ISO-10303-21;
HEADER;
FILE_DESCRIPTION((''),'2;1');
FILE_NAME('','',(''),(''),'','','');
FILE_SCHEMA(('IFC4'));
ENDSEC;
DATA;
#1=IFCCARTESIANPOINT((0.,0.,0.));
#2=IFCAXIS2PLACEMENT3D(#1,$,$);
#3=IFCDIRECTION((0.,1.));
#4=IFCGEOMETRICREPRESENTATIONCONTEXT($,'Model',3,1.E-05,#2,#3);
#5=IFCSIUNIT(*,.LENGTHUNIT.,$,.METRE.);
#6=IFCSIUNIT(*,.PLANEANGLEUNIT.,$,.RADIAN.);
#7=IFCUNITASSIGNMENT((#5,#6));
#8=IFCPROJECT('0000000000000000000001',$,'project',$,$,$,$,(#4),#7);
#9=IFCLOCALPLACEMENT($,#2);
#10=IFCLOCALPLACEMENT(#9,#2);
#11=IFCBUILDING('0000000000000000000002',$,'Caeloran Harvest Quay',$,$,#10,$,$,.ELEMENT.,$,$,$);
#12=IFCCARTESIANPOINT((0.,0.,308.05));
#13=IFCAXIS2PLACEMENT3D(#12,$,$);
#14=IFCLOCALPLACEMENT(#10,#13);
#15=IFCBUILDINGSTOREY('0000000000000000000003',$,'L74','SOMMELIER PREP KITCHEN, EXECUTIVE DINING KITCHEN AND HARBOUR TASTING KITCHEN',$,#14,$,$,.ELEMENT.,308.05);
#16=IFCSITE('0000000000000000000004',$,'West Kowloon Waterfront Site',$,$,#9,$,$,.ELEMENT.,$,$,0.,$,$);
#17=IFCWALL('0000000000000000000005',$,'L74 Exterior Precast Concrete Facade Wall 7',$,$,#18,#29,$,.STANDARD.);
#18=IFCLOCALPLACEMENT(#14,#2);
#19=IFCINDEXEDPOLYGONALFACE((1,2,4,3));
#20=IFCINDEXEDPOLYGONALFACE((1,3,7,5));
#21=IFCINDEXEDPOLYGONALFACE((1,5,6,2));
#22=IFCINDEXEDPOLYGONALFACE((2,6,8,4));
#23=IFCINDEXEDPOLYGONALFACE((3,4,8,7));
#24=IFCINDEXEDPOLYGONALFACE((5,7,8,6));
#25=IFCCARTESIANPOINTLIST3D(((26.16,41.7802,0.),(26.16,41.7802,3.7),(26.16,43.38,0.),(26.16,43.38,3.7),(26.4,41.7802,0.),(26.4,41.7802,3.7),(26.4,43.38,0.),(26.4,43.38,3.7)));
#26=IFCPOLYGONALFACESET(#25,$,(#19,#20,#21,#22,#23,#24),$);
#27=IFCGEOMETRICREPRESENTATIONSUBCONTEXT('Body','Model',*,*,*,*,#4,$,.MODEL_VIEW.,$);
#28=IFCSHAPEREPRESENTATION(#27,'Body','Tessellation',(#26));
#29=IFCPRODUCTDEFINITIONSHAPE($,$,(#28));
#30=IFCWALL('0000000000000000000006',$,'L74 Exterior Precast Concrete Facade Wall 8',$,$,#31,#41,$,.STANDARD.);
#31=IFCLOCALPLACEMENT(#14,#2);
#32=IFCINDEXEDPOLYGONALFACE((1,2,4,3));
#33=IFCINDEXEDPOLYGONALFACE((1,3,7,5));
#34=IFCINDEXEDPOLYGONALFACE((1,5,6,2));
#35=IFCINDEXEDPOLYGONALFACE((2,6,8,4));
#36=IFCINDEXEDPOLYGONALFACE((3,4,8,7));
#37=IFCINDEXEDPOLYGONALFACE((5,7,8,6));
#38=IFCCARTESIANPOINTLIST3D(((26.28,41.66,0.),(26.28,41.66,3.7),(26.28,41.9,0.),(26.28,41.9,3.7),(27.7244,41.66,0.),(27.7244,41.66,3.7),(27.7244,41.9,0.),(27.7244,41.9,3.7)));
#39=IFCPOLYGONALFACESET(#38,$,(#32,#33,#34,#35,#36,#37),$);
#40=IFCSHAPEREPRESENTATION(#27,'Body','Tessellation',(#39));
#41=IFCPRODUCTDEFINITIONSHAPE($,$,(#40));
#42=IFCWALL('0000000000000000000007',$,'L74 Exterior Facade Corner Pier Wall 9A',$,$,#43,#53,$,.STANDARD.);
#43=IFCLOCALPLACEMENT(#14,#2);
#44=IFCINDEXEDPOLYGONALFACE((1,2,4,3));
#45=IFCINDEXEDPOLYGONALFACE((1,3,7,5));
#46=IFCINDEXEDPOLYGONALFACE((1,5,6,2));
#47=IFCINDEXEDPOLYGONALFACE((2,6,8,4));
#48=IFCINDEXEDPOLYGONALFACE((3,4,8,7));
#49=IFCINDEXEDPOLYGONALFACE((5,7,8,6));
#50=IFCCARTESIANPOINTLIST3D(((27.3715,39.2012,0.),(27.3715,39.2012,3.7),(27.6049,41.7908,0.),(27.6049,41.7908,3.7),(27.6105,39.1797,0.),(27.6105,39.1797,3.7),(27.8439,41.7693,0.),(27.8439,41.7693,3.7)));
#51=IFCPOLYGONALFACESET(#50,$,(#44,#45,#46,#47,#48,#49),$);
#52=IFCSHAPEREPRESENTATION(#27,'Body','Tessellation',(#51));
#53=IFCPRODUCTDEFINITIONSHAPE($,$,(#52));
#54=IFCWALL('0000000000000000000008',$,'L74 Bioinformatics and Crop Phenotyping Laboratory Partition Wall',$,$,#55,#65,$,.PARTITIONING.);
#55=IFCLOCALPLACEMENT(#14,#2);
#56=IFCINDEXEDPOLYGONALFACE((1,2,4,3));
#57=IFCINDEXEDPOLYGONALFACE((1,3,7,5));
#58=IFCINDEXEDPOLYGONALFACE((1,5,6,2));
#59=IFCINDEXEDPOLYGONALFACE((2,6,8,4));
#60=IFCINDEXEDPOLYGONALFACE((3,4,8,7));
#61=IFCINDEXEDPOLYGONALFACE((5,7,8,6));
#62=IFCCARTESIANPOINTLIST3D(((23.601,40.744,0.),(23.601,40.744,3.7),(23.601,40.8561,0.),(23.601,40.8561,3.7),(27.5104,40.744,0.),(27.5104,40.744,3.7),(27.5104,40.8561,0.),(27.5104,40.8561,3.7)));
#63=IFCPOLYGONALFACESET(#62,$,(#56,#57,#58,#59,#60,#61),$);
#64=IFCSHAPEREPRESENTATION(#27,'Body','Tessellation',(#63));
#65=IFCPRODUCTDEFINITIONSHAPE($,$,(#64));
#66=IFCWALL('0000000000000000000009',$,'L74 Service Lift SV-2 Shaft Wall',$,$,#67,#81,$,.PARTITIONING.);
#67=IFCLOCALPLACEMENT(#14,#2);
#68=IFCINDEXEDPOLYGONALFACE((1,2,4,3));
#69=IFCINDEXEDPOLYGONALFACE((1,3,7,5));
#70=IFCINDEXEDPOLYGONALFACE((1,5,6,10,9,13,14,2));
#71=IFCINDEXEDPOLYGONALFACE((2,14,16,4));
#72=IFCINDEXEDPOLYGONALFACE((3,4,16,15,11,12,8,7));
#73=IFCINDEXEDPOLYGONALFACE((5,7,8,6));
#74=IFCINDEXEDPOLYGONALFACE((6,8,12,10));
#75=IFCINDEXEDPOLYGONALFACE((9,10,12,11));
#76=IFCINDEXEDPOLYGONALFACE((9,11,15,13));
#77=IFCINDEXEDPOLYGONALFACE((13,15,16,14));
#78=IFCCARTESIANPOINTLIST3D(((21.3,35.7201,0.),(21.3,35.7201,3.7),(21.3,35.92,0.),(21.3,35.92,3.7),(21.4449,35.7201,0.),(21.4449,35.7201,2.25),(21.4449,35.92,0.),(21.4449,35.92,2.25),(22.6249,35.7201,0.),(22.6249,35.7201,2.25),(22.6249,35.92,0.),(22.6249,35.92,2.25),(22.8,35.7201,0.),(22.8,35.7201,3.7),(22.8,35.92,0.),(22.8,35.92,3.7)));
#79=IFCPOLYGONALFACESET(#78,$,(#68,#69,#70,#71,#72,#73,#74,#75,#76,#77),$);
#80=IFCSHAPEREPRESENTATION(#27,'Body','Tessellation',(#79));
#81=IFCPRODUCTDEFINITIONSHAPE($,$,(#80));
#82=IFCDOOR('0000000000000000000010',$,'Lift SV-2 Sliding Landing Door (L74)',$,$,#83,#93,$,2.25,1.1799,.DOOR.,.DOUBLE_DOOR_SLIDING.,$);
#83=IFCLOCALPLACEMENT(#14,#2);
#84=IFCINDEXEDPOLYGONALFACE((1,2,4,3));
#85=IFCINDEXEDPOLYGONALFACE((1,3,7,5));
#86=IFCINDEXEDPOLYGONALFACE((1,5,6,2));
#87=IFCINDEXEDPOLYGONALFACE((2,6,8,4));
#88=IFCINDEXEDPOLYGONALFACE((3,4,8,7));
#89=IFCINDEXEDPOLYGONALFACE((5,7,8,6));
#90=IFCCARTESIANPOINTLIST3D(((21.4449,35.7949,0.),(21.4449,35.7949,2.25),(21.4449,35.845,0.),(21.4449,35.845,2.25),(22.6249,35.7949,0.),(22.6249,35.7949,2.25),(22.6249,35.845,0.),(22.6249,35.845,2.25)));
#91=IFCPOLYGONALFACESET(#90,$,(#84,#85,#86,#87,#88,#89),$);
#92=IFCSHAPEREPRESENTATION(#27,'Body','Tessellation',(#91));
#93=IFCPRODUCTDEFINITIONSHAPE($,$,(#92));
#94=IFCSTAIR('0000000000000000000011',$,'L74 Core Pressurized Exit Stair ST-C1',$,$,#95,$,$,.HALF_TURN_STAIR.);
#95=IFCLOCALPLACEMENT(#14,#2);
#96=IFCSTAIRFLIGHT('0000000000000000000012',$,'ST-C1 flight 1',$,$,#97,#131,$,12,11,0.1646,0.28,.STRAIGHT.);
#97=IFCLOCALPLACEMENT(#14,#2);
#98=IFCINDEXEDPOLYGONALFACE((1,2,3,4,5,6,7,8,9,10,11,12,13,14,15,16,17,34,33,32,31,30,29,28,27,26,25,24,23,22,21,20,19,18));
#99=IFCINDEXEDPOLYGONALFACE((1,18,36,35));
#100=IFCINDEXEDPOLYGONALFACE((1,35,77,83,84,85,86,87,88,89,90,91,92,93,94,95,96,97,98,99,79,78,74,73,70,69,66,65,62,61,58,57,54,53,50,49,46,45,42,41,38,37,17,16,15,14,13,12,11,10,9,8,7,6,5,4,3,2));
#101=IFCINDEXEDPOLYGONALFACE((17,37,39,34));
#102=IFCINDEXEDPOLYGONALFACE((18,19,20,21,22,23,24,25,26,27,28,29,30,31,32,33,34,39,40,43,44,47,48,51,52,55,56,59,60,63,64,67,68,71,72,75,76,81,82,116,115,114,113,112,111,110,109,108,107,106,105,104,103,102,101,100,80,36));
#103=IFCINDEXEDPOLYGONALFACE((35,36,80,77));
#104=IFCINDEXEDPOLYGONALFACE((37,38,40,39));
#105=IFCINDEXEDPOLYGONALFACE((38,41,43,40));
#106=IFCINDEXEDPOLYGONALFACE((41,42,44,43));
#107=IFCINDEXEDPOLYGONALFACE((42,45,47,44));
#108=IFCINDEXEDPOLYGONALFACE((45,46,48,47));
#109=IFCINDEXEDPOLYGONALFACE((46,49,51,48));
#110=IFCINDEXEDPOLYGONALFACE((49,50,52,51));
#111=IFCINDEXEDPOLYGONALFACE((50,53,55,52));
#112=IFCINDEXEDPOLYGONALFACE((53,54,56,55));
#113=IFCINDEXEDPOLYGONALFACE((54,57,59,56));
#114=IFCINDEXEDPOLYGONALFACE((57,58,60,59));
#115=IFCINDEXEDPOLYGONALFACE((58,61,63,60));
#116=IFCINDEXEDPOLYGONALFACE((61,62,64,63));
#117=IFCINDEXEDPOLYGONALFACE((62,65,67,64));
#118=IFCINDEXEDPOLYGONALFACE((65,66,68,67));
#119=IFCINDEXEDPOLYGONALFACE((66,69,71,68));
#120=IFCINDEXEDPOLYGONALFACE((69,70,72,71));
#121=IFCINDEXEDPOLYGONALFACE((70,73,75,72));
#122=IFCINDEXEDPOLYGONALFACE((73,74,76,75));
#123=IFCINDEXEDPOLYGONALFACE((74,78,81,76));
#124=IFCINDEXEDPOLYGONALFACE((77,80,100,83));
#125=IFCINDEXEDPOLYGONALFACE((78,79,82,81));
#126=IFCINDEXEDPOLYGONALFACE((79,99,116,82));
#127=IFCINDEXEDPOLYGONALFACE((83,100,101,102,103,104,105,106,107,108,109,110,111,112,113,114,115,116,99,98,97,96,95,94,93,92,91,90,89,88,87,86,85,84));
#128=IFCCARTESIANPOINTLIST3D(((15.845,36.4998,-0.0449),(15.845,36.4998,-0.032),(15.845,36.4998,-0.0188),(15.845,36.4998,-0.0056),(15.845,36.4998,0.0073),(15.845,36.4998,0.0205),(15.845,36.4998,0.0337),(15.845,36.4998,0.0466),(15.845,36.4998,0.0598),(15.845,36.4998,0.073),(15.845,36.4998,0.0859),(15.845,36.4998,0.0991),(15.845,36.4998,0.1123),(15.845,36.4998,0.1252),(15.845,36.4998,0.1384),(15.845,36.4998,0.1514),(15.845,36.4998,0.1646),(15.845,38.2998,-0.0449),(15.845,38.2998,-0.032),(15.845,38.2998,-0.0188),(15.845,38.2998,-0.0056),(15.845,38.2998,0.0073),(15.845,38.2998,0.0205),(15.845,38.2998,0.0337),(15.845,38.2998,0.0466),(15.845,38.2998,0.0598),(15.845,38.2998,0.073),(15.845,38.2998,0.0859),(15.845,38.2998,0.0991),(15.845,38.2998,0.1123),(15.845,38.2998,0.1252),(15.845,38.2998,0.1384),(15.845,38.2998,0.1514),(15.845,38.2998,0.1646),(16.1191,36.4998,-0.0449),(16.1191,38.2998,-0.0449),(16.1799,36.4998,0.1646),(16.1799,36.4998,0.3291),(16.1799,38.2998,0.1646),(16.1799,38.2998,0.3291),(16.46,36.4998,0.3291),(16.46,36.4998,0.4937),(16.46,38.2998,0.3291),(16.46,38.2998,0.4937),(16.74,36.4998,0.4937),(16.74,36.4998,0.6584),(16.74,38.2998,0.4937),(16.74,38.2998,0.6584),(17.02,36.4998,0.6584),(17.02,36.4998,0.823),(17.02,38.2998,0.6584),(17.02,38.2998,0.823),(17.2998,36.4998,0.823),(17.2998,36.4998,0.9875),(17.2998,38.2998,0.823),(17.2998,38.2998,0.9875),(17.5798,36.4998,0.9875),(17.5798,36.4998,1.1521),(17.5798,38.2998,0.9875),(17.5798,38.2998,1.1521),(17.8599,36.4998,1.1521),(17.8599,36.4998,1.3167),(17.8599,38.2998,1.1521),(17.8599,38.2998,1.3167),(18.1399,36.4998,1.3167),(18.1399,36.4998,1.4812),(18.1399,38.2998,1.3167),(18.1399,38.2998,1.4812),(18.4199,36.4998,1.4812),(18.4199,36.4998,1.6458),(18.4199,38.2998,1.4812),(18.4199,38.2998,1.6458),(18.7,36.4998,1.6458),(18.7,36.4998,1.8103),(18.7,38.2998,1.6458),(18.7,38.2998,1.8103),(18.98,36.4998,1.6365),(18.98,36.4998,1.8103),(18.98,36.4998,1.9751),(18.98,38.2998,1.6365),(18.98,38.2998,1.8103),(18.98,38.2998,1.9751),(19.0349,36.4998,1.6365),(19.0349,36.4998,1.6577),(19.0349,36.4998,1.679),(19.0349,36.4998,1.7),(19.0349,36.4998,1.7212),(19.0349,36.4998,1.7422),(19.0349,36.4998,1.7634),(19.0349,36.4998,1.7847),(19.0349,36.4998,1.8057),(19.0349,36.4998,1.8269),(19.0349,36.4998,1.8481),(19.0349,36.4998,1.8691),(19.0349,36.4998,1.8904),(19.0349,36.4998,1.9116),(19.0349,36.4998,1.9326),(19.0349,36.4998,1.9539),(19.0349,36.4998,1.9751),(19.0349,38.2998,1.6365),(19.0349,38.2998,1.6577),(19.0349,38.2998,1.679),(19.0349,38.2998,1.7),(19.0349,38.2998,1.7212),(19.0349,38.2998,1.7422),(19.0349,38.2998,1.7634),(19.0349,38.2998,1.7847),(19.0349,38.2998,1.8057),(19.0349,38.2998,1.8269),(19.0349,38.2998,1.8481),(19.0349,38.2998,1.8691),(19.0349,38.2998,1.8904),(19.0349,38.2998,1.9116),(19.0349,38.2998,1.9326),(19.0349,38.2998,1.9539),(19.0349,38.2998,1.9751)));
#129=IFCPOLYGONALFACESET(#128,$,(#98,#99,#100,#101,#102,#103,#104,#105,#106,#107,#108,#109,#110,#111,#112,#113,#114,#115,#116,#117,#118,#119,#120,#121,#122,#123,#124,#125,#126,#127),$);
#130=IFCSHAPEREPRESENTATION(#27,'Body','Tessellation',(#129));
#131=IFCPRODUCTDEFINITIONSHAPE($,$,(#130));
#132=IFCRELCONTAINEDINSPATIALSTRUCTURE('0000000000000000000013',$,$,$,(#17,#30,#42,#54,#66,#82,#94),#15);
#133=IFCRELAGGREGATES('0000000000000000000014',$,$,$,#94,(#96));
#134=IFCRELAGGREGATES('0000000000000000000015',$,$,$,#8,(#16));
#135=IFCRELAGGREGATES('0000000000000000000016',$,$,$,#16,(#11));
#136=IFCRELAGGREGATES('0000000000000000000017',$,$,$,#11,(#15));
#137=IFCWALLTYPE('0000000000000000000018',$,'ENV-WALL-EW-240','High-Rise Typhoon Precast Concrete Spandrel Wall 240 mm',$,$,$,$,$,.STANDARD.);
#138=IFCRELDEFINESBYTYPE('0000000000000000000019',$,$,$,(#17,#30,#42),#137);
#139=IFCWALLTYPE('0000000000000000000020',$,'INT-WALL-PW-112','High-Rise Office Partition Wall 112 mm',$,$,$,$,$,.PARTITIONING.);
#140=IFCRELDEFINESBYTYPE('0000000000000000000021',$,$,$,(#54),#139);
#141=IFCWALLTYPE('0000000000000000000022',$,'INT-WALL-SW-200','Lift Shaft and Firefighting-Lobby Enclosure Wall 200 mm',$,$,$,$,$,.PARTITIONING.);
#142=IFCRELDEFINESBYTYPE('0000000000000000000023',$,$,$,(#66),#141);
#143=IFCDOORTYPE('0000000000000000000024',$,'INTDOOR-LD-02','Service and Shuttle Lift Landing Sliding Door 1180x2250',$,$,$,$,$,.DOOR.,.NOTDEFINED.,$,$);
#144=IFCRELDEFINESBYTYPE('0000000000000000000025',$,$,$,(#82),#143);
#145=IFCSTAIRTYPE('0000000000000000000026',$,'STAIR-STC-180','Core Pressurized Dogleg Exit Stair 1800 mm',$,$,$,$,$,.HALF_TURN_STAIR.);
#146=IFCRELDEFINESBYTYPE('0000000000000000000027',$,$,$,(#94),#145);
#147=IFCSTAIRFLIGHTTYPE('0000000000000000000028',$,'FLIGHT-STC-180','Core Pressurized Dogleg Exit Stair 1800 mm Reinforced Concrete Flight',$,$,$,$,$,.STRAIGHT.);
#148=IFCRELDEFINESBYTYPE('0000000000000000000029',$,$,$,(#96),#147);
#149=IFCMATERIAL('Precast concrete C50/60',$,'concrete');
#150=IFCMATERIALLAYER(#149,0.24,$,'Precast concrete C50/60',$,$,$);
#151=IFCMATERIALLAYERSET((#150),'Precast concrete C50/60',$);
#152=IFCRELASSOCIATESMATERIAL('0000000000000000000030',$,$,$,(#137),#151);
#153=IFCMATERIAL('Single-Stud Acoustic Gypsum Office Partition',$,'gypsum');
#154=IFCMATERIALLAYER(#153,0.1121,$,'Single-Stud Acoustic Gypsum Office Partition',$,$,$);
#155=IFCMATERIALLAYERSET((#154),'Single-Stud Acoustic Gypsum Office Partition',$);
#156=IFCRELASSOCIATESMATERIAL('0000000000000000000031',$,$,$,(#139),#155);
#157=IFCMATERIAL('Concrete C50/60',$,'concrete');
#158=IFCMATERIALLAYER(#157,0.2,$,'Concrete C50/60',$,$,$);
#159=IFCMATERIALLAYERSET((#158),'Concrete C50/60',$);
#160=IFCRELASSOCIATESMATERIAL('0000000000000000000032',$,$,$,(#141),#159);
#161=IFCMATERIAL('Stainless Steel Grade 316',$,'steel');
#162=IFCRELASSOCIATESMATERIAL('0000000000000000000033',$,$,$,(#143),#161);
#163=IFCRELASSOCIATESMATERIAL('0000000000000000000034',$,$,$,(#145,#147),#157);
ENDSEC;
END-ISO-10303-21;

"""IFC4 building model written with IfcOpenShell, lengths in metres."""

from ifc_helpers import new_model, si_unit, direction, frame, frame_2d, origin, place, context, subcontext, project, spatial, polyline, rectangle, outline, extrude, material, layer, layer_set, type_object, element, fill, aggregate, save


model = new_model("IFC4")

# Units and contexts
model_context = context("Model", 3, precision=1e-05, world=origin(), true_north=direction((0.0, 1.0)))
body_context = subcontext(model_context, "Body", "Model", "MODEL_VIEW")
ifc_project = project(units=[si_unit("LENGTHUNIT", "METRE"), si_unit("PLANEANGLEUNIT", "RADIAN")], contexts=[model_context])

# Site, building, storey
site_placement = place(None, origin())
site = spatial("IfcSite", under=ifc_project, at=site_placement, Name="West Kowloon Waterfront Site", CompositionType="ELEMENT", RefElevation=0.0)
building_placement = place(site_placement, origin())
building = spatial("IfcBuilding", under=site, at=building_placement, Name="Caeloran Harvest Quay", CompositionType="ELEMENT")
storey_placement = place(building_placement, frame((0.0, 0.0, 308.05)))
storey = spatial("IfcBuildingStorey", under=building, at=storey_placement, Name="L74", Description="SOMMELIER PREP KITCHEN, EXECUTIVE DINING KITCHEN AND HARBOUR TASTING KITCHEN", CompositionType="ELEMENT", Elevation=308.05)

# Walls
ifc_material_1 = material(Name="Precast concrete C50/60", Category="concrete")
ifc_layer_1 = layer(ifc_material_1, 0.24, Name="Precast concrete C50/60")
ifc_layer_set_1 = layer_set([ifc_layer_1], Name="Precast concrete C50/60")
wall_type_1 = type_object("IfcWallType", Name="ENV-WALL-EW-240", Description="High-Rise Typhoon Precast Concrete Spandrel Wall 240 mm", PredefinedType="STANDARD", material=ifc_layer_set_1)
wall_1_placement = place(storey_placement, frame((26.28, 43.3799, 0.0), z_axis=(0.0, 0.0, 1.0), x_axis=(0.0, -1.0, 0.0)))
element("IfcWall", 1, at=wall_1_placement, inside=storey, type_object=wall_type_1, Name="L74 Exterior Precast Concrete Facade Wall 7", PredefinedType="STANDARD", context=body_context, shape_type="SweptSolid", body=[
    extrude(rectangle(XDim=1.5999, YDim=0.24, at=frame_2d((0.7998, 0.0))), origin(), (0.0, 0.0, 1.0), 3.7),
])
wall_2_placement = place(storey_placement, frame((26.28, 41.78, 0.0), z_axis=(0.0, 0.0, 1.0), x_axis=(1.0, 0.0, 0.0)))
element("IfcWall", 2, at=wall_2_placement, inside=storey, type_object=wall_type_1, Name="L74 Exterior Precast Concrete Facade Wall 8", PredefinedType="STANDARD", context=body_context, shape_type="SweptSolid", body=[
    extrude(rectangle(XDim=1.4443, YDim=0.24, at=frame_2d((0.7222, 0.0))), origin(), (0.0, 0.0, 1.0), 3.7),
])
wall_3_placement = place(storey_placement, frame((27.7244, 41.78, 0.0), z_axis=(0.0, 0.0, 1.0), x_axis=(-0.089765, -0.995963, 0.0)))
element("IfcWall", 3, at=wall_3_placement, inside=storey, type_object=wall_type_1, Name="L74 Exterior Facade Corner Pier Wall 9A", PredefinedType="STANDARD", context=body_context, shape_type="SweptSolid", body=[
    extrude(rectangle(XDim=2.6001, YDim=0.24, at=frame_2d((1.3, 0.0))), origin(), (0.0, 0.0, 1.0), 3.7),
])
ifc_material_2 = material(Name="Single-Stud Acoustic Gypsum Office Partition", Category="gypsum")
ifc_layer_2 = layer(ifc_material_2, 0.1121, Name="Single-Stud Acoustic Gypsum Office Partition")
ifc_layer_set_2 = layer_set([ifc_layer_2], Name="Single-Stud Acoustic Gypsum Office Partition")
wall_type_2 = type_object("IfcWallType", Name="INT-WALL-PW-112", Description="High-Rise Office Partition Wall 112 mm", PredefinedType="PARTITIONING", material=ifc_layer_set_2)
wall_4_placement = place(storey_placement, frame((23.6011, 40.8, 0.0), z_axis=(0.0, 0.0, 1.0), x_axis=(1.0, 0.0, 0.0)))
element("IfcWall", 4, at=wall_4_placement, inside=storey, type_object=wall_type_2, Name="L74 Bioinformatics and Crop Phenotyping Laboratory Partition Wall", PredefinedType="PARTITIONING", context=body_context, shape_type="SweptSolid", body=[
    extrude(rectangle(XDim=3.9094, YDim=0.1121, at=frame_2d((1.9546, 0.0))), origin(), (0.0, 0.0, 1.0), 3.7),
])

# Wall, opening, door
ifc_material_3 = material(Name="Concrete C50/60", Category="concrete")
ifc_layer_3 = layer(ifc_material_3, 0.2, Name="Concrete C50/60")
ifc_layer_set_3 = layer_set([ifc_layer_3], Name="Concrete C50/60")
wall_type_3 = type_object("IfcWallType", Name="INT-WALL-SW-200", Description="Lift Shaft and Firefighting-Lobby Enclosure Wall 200 mm", PredefinedType="PARTITIONING", material=ifc_layer_set_3)
wall_5_placement = place(storey_placement, frame((21.3, 35.8201, 0.0), z_axis=(0.0, 0.0, 1.0), x_axis=(1.0, 0.0, 0.0)))
wall_5 = element("IfcWall", 5, at=wall_5_placement, inside=storey, type_object=wall_type_3, Name="L74 Service Lift SV-2 Shaft Wall", PredefinedType="PARTITIONING", context=body_context, shape_type="SweptSolid", body=[
    extrude(rectangle(XDim=1.5, YDim=0.2, at=frame_2d((0.75, 0.0))), origin(), (0.0, 0.0, 1.0), 3.7),
])
opening_placement = place(wall_5_placement, frame((0.145, 0.0, 0.0)))
opening = element("IfcOpeningElement", 6, at=opening_placement, cuts=wall_5, PredefinedType="OPENING", context=body_context, shape_type="SweptSolid", body=[
    extrude(rectangle(XDim=1.1799, YDim=2.25, at=frame_2d((0.5898, 1.125))), frame((0.0, 0.1099, 0.0), z_axis=(0.0, -1.0, 0.0), x_axis=(1.0, 0.0, 0.0)), (0.0, 0.0, 1.0), 0.22),
])
ifc_material_4 = material(Name="Stainless Steel Grade 316", Category="steel")
door_type = type_object("IfcDoorType", Name="INTDOOR-LD-02", Description="Service and Shuttle Lift Landing Sliding Door 1180x2250", OperationType="NOTDEFINED", PredefinedType="DOOR", material=ifc_material_4)
door_placement = place(opening_placement, origin())
door = element("IfcDoor", 7, at=door_placement, inside=storey, type_object=door_type, Name="Lift SV-2 Sliding Landing Door (L74)", OperationType="DOUBLE_DOOR_SLIDING", OverallHeight=2.25, OverallWidth=1.1799, PredefinedType="DOOR", context=body_context, shape_type="SweptSolid", body=[
    extrude(rectangle(XDim=1.1799, YDim=2.25, at=frame_2d((0.5898, 1.125))), frame((0.0, 0.0249, 0.0), z_axis=(0.0, -1.0, 0.0), x_axis=(1.0, 0.0, 0.0)), (0.0, 0.0, 1.0), 0.05),
])
fill(opening, door)

# Stair, stair flight
stair_type = type_object("IfcStairType", Name="STAIR-STC-180", Description="Core Pressurized Dogleg Exit Stair 1800 mm", PredefinedType="HALF_TURN_STAIR", material=ifc_material_3)
stair_1_placement = place(storey_placement, origin())
stair_1 = element("IfcStair", 8, at=stair_1_placement, inside=storey, type_object=stair_type, Name="L74 Core Pressurized Exit Stair ST-C1", PredefinedType="HALF_TURN_STAIR")
stair_flight_type = type_object("IfcStairFlightType", Name="FLIGHT-STC-180", Description="Core Pressurized Dogleg Exit Stair 1800 mm Reinforced Concrete Flight", PredefinedType="STRAIGHT", material=ifc_material_3)
stair_flight_1_placement = place(storey_placement, frame((15.8999, 37.3999, 0.0), z_axis=(0.0, 0.0, 1.0), x_axis=(1.0, 0.0, 0.0)))
stair_flight_1 = element("IfcStairFlight", 9, at=stair_flight_1_placement, type_object=stair_flight_type, Name="ST-C1 flight 1", NumberOfRisers=12, NumberOfTreads=11, PredefinedType="STRAIGHT", RiserHeight=0.1646, TreadLength=0.28, context=body_context, shape_type="SweptSolid", body=[
    extrude(outline(polyline([(-0.0549, -0.0449), (-0.0549, -0.032), (-0.0549, -0.0188), (-0.0549, -0.0056), (-0.0549, 0.0073), (-0.0549, 0.0205), (-0.0549, 0.0337), (-0.0549, 0.0466), (-0.0549, 0.0598), (-0.0549, 0.073), (-0.0549, 0.0859), (-0.0549, 0.0991), (-0.0549, 0.1123), (-0.0549, 0.1252), (-0.0549, 0.1384), (-0.0549, 0.1514), (-0.0549, 0.1646), (0.28, 0.1646), (0.28, 0.3291), (0.5601, 0.3291), (0.5601, 0.4937), (0.8401, 0.4937), (0.8401, 0.6584), (1.1201, 0.6584), (1.1201, 0.823), (1.3999, 0.823), (1.3999, 0.9875), (1.6799, 0.9875), (1.6799, 1.1521), (1.96, 1.1521), (1.96, 1.3167), (2.24, 1.3167), (2.24, 1.4812), (2.52, 1.4812), (2.52, 1.6458), (2.8, 1.6458), (2.8, 1.8103), (3.0801, 1.8103), (3.0801, 1.9751), (3.135, 1.9751), (3.135, 1.9539), (3.135, 1.9326), (3.135, 1.9116), (3.135, 1.8904), (3.135, 1.8691), (3.135, 1.8481), (3.135, 1.8269), (3.135, 1.8057), (3.135, 1.7847), (3.135, 1.7634), (3.135, 1.7422), (3.135, 1.7212), (3.135, 1.7), (3.135, 1.679), (3.135, 1.6577), (3.135, 1.6365), (3.0801, 1.6365), (0.2192, -0.0449), (-0.0549, -0.0449)])), frame((0.0, 0.8999, 0.0), z_axis=(0.0, -1.0, 0.0), x_axis=(1.0, 0.0, 0.0)), (0.0, 0.0, 1.0), 1.8),
])
aggregate(stair_1, [stair_flight_1])

save(model, "model.ifc")
